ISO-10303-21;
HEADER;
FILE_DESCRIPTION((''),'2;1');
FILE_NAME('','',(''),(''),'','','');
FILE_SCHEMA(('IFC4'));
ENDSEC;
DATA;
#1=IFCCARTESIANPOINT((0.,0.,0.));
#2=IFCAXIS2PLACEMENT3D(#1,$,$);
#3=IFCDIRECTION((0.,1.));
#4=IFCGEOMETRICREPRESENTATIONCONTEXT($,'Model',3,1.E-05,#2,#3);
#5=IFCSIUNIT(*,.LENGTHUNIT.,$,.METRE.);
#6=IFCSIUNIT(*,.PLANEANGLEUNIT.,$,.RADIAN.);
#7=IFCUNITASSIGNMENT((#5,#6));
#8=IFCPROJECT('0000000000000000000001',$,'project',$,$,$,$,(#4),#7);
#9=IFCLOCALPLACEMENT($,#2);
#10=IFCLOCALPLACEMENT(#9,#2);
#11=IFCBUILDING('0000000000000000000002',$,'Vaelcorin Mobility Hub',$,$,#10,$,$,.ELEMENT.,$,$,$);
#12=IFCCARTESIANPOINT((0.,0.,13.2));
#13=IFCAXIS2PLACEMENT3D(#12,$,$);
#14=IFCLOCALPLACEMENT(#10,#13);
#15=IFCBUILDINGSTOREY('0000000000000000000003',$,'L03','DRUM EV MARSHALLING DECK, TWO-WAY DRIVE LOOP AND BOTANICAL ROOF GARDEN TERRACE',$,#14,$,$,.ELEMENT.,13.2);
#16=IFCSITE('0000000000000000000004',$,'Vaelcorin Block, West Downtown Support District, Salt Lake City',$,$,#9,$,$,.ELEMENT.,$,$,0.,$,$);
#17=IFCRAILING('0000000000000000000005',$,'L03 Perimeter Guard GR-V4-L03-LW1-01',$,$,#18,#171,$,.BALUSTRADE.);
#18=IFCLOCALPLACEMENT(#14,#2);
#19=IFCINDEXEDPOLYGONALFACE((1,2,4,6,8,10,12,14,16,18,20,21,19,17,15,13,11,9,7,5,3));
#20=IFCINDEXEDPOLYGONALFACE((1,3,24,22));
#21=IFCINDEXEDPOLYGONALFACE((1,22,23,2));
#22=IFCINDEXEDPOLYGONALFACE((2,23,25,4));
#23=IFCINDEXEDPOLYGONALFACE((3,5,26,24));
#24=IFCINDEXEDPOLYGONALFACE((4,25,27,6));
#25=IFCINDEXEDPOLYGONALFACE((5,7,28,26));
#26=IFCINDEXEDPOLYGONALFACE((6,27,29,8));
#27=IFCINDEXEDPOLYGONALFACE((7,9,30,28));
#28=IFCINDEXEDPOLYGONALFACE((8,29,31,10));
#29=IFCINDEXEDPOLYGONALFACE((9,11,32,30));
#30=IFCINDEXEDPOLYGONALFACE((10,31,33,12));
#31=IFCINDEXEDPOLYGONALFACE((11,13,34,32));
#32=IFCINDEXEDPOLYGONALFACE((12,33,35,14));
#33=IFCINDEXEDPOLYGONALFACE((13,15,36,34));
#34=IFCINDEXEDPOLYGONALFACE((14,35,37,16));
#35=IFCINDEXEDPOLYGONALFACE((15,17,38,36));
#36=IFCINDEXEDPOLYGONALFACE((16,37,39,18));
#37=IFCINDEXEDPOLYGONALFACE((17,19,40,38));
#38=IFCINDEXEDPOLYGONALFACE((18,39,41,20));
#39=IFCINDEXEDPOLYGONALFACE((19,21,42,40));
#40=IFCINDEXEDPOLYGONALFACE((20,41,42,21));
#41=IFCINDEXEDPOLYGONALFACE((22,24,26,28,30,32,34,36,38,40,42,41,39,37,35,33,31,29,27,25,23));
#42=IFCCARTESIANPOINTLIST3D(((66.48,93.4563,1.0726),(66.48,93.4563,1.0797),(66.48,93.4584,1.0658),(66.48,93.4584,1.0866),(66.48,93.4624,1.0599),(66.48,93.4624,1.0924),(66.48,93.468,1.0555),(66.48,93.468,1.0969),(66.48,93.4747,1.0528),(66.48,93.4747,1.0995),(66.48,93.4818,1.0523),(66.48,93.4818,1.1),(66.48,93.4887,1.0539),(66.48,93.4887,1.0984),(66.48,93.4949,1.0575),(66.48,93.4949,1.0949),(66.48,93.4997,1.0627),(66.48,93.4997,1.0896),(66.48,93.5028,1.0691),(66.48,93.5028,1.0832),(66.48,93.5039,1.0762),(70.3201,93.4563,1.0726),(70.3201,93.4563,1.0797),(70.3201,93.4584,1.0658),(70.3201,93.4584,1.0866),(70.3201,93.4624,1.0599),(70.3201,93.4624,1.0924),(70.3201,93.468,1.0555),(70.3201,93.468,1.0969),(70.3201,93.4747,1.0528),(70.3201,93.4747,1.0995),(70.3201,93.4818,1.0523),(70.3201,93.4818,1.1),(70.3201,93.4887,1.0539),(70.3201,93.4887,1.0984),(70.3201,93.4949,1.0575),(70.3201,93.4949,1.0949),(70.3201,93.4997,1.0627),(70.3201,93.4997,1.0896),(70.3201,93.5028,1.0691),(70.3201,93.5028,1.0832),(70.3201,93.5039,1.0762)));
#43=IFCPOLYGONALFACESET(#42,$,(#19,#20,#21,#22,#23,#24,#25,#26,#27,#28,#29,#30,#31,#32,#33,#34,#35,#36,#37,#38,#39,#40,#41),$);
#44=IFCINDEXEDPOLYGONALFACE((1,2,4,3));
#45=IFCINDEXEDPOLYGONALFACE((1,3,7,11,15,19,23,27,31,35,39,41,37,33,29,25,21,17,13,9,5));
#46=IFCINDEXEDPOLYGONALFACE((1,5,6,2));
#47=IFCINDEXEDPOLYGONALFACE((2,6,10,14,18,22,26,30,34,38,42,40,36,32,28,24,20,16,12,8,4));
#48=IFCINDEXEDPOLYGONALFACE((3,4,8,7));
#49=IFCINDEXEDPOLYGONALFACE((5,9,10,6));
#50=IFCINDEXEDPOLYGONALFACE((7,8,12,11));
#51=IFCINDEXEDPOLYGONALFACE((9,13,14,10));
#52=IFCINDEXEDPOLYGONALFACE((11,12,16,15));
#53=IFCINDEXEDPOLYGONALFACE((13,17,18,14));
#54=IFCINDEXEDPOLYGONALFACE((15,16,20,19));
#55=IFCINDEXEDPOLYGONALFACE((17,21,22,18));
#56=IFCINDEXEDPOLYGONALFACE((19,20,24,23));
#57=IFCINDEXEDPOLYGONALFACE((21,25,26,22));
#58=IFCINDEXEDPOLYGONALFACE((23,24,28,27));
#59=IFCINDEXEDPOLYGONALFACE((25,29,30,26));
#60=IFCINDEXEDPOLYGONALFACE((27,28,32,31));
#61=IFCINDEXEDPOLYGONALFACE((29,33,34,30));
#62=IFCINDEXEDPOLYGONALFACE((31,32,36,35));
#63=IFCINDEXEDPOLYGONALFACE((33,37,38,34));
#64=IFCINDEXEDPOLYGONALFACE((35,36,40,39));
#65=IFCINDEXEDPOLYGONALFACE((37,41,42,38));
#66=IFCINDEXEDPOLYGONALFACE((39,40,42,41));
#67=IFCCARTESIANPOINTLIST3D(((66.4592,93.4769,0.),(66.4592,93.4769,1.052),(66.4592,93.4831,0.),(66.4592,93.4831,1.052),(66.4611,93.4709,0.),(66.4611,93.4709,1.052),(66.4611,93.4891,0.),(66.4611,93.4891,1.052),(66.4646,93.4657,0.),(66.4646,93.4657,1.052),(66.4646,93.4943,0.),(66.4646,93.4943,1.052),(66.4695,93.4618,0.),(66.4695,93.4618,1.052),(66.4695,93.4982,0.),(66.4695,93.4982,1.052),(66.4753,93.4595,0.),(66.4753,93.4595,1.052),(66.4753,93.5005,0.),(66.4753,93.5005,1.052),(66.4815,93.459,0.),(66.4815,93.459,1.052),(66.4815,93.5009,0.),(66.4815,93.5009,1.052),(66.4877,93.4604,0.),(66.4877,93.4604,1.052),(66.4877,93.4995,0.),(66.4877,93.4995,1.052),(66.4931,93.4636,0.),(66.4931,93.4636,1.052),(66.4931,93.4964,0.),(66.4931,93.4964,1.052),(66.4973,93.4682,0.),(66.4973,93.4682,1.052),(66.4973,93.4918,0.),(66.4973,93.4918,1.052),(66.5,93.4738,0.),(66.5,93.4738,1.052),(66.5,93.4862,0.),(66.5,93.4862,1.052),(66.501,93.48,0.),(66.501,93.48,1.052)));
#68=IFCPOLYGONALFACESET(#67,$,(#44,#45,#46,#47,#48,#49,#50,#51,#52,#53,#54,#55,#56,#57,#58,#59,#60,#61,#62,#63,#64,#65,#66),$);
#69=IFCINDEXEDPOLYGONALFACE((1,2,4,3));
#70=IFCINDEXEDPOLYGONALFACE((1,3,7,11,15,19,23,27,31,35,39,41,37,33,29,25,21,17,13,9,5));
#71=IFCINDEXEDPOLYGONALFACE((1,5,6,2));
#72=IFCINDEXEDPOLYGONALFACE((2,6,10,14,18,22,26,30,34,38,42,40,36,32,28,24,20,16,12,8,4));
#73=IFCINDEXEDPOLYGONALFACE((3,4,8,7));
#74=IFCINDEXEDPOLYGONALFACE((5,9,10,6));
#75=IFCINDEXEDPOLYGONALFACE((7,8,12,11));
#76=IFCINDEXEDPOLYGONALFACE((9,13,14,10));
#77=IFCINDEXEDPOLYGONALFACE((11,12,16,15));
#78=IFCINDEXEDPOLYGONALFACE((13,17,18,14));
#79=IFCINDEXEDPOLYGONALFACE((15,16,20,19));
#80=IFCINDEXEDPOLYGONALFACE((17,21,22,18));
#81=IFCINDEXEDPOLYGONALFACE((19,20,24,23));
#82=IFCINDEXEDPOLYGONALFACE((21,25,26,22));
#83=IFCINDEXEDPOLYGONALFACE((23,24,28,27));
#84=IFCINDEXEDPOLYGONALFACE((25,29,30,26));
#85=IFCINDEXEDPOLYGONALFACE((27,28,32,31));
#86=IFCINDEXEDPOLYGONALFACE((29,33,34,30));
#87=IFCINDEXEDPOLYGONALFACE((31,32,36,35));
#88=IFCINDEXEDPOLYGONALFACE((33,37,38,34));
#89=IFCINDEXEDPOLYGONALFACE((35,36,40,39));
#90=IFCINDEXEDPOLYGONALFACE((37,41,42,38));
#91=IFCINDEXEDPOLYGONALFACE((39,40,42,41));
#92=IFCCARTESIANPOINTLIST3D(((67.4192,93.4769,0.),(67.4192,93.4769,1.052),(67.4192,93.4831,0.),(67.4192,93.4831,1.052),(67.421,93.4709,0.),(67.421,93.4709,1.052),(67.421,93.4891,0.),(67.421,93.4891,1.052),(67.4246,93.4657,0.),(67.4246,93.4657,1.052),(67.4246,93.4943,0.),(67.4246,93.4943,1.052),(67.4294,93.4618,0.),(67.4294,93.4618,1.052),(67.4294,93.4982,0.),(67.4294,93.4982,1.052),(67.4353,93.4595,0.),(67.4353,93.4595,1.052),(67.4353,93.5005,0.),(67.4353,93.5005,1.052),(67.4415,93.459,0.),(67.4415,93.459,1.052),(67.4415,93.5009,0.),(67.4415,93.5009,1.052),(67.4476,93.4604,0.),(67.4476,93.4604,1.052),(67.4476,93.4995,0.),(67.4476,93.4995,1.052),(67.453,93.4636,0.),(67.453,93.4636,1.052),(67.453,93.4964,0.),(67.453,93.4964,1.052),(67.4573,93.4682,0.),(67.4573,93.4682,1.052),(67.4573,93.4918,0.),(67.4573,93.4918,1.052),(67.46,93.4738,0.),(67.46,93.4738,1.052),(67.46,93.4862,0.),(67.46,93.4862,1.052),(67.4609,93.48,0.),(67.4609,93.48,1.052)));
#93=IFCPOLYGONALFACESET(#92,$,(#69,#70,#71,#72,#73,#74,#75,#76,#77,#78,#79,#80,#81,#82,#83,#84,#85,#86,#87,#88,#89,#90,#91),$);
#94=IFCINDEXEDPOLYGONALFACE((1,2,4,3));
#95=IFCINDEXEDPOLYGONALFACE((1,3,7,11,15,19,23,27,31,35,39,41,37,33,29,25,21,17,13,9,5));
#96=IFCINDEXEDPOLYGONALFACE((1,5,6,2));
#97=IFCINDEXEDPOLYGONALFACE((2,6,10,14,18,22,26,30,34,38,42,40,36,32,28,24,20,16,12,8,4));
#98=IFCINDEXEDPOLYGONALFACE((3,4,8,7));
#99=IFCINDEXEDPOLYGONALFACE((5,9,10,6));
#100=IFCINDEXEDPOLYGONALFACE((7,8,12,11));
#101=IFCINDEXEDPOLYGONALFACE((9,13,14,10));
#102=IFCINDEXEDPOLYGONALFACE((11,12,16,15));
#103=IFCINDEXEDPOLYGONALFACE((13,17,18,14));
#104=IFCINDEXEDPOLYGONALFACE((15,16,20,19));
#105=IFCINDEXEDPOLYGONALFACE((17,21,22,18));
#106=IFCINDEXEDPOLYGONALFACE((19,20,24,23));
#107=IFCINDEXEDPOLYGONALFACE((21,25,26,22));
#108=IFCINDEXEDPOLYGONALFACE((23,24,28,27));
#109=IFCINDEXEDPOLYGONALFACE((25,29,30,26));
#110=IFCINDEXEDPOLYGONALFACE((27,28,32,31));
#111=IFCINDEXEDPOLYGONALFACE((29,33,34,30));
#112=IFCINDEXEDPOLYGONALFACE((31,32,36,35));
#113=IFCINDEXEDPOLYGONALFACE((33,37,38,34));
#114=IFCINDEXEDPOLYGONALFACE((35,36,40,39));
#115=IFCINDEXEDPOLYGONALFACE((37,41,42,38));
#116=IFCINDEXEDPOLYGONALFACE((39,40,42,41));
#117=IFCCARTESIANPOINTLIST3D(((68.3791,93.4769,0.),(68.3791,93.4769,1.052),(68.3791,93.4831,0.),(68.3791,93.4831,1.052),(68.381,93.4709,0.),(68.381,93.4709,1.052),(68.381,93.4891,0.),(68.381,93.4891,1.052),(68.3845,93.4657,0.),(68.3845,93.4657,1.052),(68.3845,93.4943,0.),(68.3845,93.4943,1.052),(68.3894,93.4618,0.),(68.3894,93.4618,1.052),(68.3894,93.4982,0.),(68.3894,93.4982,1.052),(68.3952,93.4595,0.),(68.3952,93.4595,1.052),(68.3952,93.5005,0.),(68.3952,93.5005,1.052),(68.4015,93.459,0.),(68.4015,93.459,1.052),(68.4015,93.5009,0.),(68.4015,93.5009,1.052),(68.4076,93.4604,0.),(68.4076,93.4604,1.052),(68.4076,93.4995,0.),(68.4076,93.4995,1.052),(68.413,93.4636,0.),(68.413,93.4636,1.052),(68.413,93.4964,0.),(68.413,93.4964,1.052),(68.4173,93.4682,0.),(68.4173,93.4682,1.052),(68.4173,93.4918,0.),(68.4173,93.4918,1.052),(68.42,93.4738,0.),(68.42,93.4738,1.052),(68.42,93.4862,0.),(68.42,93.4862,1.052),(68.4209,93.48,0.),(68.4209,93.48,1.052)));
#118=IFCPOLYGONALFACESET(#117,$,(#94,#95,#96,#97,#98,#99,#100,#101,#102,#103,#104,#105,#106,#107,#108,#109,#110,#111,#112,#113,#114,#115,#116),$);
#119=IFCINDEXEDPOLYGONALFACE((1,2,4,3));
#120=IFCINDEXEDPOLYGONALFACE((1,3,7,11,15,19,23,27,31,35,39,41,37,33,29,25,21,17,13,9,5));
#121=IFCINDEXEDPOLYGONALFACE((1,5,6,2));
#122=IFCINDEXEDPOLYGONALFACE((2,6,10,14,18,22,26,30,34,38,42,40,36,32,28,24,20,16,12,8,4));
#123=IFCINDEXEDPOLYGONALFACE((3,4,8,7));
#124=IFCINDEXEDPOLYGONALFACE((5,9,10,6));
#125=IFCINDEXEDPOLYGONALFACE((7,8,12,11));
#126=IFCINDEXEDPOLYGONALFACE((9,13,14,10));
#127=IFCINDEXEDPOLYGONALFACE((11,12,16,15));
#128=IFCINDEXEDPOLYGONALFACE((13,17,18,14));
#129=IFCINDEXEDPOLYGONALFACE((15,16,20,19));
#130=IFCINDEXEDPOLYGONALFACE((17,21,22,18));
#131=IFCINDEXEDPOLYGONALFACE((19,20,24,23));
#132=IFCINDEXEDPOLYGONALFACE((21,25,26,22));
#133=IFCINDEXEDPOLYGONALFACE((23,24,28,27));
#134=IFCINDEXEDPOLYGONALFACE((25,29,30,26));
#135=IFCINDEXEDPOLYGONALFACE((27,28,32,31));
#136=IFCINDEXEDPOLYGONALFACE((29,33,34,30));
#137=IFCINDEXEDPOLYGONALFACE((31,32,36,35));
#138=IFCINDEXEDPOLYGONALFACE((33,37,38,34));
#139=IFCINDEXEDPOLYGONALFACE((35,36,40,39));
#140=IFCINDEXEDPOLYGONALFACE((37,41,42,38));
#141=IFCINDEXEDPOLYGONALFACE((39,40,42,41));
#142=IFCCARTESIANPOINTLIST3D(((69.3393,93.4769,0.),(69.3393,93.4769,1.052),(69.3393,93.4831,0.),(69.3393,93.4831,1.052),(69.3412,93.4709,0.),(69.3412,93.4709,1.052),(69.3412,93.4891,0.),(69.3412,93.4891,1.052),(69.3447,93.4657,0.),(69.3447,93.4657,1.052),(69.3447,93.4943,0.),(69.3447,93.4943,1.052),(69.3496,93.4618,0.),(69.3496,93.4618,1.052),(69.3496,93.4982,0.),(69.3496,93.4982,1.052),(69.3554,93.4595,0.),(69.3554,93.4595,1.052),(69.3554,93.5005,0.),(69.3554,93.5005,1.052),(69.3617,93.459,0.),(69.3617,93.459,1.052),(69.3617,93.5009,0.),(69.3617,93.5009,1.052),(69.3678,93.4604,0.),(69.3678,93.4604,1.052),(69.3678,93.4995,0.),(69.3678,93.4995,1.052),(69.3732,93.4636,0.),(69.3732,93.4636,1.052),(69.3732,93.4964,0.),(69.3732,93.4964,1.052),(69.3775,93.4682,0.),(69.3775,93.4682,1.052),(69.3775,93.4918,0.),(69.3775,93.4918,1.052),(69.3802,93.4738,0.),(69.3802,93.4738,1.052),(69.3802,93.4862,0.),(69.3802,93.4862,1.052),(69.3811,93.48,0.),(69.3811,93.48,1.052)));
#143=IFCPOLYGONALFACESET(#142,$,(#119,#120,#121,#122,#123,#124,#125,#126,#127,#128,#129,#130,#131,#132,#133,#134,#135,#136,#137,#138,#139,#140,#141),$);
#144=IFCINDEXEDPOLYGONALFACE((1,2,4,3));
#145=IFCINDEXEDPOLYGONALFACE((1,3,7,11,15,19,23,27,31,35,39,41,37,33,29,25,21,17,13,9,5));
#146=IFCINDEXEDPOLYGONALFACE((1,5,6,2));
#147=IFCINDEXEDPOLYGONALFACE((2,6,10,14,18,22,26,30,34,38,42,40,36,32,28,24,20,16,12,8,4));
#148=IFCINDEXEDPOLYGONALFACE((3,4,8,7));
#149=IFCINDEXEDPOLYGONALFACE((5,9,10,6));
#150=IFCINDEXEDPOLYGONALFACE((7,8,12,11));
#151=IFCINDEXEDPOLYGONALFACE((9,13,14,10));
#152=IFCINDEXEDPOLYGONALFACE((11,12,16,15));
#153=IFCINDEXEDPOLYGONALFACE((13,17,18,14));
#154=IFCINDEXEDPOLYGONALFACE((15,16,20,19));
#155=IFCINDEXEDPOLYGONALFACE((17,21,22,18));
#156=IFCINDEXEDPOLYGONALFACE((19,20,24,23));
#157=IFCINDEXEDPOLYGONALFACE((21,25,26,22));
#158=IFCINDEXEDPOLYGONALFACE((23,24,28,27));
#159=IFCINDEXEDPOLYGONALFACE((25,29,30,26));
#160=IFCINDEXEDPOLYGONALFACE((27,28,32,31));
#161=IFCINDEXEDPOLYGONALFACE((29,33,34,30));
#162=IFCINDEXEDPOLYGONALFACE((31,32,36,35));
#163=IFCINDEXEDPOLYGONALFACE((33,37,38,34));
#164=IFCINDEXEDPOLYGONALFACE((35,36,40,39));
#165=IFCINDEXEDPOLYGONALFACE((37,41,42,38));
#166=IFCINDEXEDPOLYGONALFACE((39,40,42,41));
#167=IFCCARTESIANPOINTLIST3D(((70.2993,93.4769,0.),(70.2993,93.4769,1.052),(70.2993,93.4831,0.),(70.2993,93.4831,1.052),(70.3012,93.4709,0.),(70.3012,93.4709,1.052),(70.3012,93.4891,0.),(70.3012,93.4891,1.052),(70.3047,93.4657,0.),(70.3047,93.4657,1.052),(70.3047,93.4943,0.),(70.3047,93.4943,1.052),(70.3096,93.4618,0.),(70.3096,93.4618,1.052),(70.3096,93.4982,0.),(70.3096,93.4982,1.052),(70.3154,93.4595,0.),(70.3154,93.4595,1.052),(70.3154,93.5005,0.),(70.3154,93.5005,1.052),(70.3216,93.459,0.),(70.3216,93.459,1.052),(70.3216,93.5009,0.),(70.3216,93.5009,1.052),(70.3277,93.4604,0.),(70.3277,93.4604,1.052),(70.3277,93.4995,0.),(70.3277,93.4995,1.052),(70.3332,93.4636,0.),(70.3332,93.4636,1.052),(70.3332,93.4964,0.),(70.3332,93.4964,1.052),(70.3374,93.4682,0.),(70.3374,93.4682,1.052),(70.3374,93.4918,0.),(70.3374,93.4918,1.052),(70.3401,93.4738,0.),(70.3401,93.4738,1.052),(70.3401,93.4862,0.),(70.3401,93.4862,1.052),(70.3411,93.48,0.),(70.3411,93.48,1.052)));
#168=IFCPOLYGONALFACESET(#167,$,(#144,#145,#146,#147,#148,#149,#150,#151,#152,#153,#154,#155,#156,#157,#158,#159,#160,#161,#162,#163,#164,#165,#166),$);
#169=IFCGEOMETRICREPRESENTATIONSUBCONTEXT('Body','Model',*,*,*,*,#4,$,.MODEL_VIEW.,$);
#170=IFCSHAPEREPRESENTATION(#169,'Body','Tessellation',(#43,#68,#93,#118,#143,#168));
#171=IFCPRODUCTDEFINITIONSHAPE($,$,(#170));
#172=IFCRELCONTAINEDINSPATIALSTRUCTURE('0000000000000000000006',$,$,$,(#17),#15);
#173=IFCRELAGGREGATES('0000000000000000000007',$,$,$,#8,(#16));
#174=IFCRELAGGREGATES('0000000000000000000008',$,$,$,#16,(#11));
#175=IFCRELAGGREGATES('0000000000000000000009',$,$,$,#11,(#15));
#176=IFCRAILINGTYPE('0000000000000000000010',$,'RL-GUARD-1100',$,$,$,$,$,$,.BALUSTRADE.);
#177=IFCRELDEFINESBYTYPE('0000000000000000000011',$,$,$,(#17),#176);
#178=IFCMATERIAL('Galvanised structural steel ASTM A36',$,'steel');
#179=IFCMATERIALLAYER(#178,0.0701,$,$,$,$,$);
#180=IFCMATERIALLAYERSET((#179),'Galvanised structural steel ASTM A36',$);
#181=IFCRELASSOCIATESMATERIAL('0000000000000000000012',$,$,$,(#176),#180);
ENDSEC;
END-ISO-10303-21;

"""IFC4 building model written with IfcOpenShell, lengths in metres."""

from ifc_helpers import new_model, si_unit, direction, frame, origin, origin_2d, place, context, subcontext, project, spatial, circle, extrude, material, layer, layer_set, type_object, element, save


model = new_model("IFC4")

# Units and contexts
model_context = context("Model", 3, precision=1e-05, world=origin(), true_north=direction((0.0, 1.0)))
body_context = subcontext(model_context, "Body", "Model", "MODEL_VIEW")
ifc_project = project(units=[si_unit("LENGTHUNIT", "METRE"), si_unit("PLANEANGLEUNIT", "RADIAN")], contexts=[model_context])

# Site, building, storey
site_placement = place(None, origin())
site = spatial("IfcSite", under=ifc_project, at=site_placement, Name="Vaelcorin Block, West Downtown Support District, Salt Lake City", CompositionType="ELEMENT", RefElevation=0.0)
building_placement = place(site_placement, origin())
building = spatial("IfcBuilding", under=site, at=building_placement, Name="Vaelcorin Mobility Hub", CompositionType="ELEMENT")
storey_placement = place(building_placement, frame((0.0, 0.0, 13.2)))
storey = spatial("IfcBuildingStorey", under=building, at=storey_placement, Name="L03", Description="DRUM EV MARSHALLING DECK, TWO-WAY DRIVE LOOP AND BOTANICAL ROOF GARDEN TERRACE", CompositionType="ELEMENT", Elevation=13.2)

# Railing
ifc_material_1 = material(Name="Galvanised structural steel ASTM A36", Category="steel")
ifc_layer = layer(ifc_material_1, 0.0701)
ifc_layer_set = layer_set([ifc_layer], Name="Galvanised structural steel ASTM A36")
railing_type = type_object("IfcRailingType", Name="RL-GUARD-1100", PredefinedType="BALUSTRADE", material=ifc_layer_set)
railing_1_placement = place(storey_placement, frame((66.48, 93.48, 0.0)))
element("IfcRailing", 1, at=railing_1_placement, inside=storey, type_object=railing_type, Name="L03 Perimeter Guard GR-V4-L03-LW1-01", PredefinedType="BALUSTRADE", context=body_context, shape_type="SweptSolid", body=[
    extrude(circle(Radius=0.0239, at=origin_2d()), frame((0.0, 0.0, 1.0762), z_axis=(1.0, 0.0, 0.0), x_axis=(0.0, 1.0, 0.0)), (0.0, 0.0, 1.0), 3.8401),
    extrude(circle(Radius=0.021, at=origin_2d()), origin(), (0.0, 0.0, 1.0), 1.052),
    extrude(circle(Radius=0.021, at=origin_2d()), frame((0.96, 0.0, 0.0)), (0.0, 0.0, 1.0), 1.052),
    extrude(circle(Radius=0.021, at=origin_2d()), frame((1.9199, 0.0, 0.0)), (0.0, 0.0, 1.0), 1.052),
    extrude(circle(Radius=0.021, at=origin_2d()), frame((2.8801, 0.0, 0.0)), (0.0, 0.0, 1.0), 1.052),
    extrude(circle(Radius=0.021, at=origin_2d()), frame((3.8401, 0.0, 0.0)), (0.0, 0.0, 1.0), 1.052),
])

save(model, "model.ifc")
